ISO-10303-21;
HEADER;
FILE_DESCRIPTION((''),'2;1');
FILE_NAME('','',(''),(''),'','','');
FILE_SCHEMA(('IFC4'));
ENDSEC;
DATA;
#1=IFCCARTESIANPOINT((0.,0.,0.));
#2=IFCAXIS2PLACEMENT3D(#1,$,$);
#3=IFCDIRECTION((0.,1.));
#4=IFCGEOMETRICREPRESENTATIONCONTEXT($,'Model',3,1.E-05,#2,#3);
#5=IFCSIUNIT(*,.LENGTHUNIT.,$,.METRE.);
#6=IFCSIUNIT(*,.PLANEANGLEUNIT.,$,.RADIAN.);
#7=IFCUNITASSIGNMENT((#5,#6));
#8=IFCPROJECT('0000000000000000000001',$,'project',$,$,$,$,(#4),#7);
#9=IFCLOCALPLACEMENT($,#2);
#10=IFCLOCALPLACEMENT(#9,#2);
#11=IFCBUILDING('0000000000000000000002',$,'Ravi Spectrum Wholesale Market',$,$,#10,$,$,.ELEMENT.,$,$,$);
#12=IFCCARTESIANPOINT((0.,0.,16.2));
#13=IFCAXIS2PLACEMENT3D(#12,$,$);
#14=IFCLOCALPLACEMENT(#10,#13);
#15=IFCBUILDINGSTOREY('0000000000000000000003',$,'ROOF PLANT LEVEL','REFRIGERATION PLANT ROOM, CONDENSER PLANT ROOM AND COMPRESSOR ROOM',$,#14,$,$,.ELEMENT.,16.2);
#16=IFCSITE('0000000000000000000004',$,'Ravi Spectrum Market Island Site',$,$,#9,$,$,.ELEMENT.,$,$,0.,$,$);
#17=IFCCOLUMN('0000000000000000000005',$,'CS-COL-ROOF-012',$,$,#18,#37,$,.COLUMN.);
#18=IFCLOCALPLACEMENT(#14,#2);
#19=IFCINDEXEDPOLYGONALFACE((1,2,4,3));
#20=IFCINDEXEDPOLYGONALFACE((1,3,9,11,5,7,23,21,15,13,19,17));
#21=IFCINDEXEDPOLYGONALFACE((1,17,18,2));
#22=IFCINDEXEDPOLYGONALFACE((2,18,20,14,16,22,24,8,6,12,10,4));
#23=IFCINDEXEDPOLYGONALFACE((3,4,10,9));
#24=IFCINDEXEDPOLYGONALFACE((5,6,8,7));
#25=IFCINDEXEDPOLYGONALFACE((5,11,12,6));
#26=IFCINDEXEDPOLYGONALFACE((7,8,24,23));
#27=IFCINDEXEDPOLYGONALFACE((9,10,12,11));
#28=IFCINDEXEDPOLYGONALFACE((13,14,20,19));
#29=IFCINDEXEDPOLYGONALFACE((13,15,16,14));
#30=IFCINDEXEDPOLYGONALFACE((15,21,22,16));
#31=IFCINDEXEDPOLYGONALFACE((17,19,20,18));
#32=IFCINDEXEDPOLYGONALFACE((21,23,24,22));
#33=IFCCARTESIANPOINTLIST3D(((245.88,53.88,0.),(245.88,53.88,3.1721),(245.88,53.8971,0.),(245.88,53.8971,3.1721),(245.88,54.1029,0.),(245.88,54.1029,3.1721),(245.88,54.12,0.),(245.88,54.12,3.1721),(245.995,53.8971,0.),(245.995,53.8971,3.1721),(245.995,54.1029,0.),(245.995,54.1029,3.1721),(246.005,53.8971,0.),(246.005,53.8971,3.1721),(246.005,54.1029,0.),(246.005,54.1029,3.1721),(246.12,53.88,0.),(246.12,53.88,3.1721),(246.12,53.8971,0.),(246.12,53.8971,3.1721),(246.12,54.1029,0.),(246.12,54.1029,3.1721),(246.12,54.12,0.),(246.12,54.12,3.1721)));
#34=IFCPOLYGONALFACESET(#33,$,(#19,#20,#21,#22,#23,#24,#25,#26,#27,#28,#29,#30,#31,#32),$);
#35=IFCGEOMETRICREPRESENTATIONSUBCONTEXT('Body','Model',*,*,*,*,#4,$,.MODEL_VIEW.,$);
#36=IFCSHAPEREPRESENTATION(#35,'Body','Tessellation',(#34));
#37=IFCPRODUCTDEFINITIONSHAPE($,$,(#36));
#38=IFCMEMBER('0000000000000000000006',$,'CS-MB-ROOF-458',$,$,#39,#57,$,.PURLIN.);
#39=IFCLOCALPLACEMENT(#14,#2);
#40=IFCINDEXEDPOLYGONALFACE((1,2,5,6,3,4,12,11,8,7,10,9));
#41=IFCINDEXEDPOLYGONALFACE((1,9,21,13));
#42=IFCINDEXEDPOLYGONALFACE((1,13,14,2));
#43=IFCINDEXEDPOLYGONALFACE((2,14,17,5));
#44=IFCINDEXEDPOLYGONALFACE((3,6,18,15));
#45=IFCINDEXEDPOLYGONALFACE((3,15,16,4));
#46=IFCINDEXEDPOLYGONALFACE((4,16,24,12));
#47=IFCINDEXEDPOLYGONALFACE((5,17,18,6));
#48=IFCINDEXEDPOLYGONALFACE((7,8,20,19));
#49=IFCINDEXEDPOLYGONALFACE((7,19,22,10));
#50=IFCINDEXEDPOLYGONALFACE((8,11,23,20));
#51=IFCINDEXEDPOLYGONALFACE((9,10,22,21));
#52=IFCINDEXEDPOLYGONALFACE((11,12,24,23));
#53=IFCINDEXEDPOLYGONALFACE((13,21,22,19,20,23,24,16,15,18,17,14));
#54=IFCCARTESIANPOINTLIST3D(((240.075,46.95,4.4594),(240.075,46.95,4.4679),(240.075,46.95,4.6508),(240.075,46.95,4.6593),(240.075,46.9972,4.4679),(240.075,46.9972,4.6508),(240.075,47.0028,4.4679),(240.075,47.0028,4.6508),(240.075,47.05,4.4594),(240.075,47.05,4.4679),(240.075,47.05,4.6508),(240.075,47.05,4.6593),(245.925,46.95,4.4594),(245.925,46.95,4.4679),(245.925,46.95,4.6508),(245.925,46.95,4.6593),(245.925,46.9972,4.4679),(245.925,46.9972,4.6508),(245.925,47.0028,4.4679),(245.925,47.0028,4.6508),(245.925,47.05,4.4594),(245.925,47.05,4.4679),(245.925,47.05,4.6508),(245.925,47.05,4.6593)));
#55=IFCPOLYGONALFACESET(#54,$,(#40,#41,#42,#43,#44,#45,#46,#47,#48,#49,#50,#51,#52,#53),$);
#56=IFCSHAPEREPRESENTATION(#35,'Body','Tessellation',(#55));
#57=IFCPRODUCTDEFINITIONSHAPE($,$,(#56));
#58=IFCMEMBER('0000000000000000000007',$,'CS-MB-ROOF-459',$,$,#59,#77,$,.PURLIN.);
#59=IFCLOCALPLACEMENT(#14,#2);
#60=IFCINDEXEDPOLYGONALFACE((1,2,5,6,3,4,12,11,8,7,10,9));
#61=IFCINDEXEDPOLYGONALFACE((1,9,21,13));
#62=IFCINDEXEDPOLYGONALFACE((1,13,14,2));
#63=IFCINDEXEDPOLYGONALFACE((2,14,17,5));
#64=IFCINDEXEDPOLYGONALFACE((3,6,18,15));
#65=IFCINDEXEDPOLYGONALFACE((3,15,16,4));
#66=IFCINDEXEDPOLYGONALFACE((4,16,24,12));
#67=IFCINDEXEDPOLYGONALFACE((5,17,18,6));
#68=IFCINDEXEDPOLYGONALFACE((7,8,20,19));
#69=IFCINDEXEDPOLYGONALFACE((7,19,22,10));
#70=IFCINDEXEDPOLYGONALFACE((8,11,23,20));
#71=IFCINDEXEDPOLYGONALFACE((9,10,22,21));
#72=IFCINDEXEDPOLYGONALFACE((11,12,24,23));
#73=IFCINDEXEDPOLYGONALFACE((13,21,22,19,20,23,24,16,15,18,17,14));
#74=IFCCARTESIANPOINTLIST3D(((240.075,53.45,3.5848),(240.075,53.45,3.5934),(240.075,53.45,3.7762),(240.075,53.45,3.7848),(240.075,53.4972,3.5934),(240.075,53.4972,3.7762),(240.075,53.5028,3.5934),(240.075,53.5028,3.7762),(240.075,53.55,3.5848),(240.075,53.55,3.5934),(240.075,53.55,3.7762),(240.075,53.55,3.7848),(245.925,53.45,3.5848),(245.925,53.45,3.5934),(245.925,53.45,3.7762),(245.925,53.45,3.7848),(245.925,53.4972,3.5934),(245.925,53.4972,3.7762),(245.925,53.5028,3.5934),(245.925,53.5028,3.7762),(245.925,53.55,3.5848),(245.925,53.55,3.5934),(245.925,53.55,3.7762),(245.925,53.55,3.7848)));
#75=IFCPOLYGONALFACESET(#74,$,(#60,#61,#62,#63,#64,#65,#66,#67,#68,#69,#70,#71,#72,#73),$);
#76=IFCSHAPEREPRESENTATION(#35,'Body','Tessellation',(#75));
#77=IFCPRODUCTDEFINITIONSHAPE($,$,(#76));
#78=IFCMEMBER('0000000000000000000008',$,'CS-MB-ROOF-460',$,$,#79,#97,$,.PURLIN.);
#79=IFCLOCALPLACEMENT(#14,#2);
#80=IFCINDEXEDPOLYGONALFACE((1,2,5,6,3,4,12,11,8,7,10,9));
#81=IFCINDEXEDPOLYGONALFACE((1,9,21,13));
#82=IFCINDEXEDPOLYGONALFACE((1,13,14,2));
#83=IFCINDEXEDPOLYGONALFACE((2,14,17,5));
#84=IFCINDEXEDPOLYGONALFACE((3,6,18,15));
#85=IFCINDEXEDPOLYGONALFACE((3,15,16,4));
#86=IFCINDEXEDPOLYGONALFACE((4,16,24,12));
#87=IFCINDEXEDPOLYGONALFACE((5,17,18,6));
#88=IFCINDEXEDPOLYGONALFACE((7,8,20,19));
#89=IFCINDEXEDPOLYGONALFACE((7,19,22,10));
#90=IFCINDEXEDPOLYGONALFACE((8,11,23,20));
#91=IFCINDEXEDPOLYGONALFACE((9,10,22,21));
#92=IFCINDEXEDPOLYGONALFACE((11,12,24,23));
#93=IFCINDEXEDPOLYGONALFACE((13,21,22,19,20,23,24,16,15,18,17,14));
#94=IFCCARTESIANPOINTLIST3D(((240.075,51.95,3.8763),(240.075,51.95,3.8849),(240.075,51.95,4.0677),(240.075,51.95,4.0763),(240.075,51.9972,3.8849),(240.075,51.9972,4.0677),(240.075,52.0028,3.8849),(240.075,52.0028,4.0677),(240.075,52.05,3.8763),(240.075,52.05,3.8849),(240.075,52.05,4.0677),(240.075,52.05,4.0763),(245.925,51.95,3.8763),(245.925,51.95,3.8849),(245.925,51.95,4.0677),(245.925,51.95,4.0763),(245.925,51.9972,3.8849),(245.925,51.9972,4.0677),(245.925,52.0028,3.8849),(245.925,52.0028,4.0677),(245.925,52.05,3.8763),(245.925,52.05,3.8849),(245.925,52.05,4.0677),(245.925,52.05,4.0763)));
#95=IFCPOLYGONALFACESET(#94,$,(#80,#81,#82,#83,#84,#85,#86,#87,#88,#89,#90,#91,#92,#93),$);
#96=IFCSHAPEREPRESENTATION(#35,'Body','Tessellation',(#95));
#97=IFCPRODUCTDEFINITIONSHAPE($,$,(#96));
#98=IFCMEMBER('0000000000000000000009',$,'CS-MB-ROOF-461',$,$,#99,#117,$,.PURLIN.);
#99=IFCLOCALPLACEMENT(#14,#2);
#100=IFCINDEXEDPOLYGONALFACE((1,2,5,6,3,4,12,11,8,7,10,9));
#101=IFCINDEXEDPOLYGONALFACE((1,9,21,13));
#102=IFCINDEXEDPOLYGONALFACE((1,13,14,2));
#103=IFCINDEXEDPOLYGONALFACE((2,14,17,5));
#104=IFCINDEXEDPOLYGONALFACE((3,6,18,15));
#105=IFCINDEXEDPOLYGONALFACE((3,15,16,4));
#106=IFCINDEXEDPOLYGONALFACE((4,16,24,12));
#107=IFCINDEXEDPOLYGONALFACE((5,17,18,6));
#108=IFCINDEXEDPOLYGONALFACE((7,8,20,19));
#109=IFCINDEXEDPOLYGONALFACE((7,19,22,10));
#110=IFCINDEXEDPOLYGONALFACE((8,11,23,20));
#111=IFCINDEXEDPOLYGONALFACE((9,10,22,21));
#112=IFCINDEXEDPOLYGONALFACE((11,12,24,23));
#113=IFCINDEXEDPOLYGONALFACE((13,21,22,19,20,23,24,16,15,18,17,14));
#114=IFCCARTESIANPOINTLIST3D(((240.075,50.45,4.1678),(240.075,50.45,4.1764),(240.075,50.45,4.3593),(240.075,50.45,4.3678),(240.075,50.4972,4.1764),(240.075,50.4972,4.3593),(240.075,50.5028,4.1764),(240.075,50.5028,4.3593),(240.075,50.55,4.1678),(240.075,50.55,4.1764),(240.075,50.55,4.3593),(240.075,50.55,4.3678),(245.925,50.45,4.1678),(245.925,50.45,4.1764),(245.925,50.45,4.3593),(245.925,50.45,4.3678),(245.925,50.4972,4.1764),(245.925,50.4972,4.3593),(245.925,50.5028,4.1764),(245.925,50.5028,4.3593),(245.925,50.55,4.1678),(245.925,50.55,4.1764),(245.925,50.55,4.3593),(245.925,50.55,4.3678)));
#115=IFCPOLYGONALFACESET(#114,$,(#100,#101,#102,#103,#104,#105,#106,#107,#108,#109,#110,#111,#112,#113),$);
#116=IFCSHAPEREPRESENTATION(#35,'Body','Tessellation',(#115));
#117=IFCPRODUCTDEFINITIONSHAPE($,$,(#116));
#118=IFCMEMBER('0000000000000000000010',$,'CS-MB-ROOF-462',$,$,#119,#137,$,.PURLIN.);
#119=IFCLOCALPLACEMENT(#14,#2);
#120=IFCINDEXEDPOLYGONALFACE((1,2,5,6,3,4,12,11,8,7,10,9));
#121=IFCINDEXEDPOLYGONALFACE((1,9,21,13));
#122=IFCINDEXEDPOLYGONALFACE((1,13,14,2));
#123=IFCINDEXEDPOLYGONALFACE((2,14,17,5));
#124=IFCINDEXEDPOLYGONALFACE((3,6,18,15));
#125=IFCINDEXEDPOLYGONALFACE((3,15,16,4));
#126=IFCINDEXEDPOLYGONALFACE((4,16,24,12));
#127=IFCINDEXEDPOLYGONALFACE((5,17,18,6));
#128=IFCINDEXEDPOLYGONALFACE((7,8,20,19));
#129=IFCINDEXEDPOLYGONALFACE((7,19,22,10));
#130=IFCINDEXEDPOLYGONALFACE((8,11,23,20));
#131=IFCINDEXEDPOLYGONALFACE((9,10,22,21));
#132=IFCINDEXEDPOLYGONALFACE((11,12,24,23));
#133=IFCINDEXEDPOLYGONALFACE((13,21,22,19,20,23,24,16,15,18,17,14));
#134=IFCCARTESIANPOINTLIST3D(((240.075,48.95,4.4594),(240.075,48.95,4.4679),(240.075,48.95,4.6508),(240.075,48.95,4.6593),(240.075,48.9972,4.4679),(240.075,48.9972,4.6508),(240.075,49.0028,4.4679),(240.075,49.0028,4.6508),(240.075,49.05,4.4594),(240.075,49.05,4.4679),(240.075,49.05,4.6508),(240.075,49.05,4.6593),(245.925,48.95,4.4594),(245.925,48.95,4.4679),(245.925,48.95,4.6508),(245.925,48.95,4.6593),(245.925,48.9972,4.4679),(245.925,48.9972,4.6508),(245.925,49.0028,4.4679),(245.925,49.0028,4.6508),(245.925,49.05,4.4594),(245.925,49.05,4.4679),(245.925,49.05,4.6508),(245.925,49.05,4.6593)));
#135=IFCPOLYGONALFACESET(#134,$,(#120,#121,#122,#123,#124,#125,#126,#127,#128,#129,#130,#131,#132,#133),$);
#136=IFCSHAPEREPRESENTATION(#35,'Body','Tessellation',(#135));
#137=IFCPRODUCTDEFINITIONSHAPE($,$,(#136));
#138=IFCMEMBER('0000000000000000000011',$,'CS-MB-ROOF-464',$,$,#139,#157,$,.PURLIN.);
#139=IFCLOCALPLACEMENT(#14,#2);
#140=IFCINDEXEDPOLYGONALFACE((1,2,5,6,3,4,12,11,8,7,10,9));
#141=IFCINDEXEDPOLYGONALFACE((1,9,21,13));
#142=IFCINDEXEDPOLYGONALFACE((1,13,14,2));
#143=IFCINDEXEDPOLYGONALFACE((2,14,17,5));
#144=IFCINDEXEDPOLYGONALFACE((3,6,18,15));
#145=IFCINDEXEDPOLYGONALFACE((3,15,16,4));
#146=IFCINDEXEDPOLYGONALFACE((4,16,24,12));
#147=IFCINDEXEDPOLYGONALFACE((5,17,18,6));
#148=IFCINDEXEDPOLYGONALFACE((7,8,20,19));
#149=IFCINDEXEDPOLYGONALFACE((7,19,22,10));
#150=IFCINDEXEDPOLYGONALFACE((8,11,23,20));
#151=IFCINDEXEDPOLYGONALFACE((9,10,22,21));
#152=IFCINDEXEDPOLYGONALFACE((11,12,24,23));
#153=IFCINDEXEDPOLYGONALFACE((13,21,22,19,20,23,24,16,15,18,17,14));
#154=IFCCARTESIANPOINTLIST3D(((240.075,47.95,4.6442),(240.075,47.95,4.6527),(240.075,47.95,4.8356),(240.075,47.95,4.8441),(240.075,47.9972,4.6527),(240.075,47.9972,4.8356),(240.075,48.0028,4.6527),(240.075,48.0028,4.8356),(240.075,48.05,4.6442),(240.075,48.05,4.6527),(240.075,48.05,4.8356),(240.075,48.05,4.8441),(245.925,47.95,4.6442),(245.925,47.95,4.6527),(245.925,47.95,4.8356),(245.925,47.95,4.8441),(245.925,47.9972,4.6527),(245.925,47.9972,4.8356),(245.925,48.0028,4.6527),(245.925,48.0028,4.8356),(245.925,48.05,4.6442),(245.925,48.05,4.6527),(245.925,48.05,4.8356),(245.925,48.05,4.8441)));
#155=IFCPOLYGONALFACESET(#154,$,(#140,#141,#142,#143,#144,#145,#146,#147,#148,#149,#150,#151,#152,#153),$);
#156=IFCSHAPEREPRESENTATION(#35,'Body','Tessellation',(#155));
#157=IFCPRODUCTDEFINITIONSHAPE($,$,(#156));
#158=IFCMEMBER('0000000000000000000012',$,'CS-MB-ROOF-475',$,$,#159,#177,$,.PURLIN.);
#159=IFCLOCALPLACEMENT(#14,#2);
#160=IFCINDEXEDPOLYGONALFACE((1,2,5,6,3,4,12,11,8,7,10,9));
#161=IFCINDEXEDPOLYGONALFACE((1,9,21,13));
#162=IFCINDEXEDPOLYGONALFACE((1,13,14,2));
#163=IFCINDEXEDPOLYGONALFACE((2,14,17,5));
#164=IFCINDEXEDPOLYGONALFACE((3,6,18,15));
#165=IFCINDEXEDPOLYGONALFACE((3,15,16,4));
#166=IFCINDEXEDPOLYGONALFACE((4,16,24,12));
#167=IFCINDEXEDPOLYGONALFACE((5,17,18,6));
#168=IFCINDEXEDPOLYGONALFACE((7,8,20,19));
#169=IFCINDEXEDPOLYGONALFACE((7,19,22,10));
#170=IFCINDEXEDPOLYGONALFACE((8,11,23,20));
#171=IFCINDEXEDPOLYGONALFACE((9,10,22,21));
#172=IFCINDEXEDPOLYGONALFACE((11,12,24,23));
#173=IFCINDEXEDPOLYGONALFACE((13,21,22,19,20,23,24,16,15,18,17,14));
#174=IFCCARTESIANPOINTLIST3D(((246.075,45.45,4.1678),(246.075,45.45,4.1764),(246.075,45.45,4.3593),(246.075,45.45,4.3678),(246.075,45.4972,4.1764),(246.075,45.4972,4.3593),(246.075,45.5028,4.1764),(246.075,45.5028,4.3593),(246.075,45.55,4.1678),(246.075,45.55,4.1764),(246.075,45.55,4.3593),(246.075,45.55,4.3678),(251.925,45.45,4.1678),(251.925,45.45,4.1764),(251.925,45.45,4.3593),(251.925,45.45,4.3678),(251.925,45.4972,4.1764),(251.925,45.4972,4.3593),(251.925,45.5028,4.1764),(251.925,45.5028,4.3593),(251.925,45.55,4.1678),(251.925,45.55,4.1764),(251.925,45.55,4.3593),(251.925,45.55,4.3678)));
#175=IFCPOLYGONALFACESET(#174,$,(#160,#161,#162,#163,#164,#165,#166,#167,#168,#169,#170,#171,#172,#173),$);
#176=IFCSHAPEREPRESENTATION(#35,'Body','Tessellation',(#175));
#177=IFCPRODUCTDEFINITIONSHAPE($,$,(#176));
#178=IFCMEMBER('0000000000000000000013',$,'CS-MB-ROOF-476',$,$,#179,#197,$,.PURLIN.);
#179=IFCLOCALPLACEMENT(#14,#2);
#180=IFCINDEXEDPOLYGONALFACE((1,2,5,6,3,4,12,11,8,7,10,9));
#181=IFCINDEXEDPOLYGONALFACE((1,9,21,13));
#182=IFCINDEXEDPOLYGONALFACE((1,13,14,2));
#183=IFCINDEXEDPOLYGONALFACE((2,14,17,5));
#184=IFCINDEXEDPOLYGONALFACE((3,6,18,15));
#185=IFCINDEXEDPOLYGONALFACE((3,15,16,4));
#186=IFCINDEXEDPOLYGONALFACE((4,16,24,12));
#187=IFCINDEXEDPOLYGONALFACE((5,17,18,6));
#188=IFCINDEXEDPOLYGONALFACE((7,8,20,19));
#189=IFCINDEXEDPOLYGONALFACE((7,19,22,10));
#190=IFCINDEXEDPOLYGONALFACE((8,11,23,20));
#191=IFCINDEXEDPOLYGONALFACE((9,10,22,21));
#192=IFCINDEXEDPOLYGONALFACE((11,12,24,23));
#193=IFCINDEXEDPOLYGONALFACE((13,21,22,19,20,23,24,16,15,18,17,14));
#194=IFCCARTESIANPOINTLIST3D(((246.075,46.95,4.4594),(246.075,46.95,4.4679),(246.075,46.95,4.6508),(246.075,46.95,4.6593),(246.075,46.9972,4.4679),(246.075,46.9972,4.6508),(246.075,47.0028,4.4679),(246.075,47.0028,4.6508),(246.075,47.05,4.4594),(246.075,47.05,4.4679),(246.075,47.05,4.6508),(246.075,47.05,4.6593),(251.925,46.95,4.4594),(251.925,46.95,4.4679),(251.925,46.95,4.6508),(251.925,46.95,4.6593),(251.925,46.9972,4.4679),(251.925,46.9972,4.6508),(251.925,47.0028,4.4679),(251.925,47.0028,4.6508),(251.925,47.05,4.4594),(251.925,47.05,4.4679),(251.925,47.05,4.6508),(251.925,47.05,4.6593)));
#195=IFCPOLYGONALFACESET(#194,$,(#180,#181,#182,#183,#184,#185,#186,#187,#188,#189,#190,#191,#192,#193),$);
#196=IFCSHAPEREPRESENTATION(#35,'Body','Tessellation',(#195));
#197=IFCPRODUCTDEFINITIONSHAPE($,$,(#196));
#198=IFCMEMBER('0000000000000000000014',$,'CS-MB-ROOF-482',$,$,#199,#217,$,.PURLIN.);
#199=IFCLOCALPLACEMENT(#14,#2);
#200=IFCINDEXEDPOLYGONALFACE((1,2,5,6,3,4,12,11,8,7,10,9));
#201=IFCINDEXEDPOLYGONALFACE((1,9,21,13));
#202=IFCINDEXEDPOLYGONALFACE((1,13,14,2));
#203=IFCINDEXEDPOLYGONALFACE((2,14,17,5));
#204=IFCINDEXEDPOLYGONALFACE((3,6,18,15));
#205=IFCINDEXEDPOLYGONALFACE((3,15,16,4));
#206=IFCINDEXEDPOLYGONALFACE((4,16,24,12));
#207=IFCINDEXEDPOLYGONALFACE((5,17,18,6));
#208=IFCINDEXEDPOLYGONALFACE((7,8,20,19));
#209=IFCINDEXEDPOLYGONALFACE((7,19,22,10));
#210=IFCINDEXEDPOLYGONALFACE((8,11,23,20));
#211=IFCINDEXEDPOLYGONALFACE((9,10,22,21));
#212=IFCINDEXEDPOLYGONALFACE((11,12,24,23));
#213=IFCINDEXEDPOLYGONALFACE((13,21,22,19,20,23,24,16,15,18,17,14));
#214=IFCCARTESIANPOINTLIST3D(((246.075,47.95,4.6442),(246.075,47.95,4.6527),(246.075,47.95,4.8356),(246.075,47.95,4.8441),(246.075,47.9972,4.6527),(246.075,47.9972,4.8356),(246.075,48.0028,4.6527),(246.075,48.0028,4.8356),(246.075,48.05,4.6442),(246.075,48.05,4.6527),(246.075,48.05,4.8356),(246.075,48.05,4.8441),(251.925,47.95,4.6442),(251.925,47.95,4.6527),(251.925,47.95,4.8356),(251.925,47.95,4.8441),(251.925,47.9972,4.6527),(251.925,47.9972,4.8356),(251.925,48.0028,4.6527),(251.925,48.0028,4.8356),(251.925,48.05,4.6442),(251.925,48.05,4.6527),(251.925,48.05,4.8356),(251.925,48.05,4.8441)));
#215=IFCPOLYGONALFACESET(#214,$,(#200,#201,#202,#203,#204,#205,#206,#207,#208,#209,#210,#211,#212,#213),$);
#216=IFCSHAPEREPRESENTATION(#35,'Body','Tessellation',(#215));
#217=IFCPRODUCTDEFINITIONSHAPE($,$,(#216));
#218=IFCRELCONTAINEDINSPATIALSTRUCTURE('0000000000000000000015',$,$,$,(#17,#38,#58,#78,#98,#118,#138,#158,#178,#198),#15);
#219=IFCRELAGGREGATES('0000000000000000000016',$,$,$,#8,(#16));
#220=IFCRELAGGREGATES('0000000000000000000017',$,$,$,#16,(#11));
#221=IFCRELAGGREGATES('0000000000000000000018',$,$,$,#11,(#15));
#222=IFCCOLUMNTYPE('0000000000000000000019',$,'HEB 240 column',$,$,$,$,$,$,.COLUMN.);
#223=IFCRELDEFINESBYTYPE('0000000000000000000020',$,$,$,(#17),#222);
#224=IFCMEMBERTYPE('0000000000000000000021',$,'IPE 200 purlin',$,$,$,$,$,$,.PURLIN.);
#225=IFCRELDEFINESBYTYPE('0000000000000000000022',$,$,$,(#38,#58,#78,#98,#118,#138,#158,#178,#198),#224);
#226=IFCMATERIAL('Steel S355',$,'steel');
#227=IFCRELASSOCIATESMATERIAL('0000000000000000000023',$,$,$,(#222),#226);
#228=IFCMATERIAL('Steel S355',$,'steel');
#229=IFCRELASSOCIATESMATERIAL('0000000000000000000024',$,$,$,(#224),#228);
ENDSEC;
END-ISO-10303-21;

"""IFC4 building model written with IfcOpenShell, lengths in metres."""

from ifc_helpers import new_model, si_unit, direction, frame, origin, origin_2d, place, context, subcontext, project, spatial, i_section, extrude, material, material_profile, profile_set, type_object, element, save


model = new_model("IFC4")

# Units and contexts
model_context = context("Model", 3, precision=1e-05, world=origin(), true_north=direction((0.0, 1.0)))
body_context = subcontext(model_context, "Body", "Model", "MODEL_VIEW")
ifc_project = project(units=[si_unit("LENGTHUNIT", "METRE"), si_unit("PLANEANGLEUNIT", "RADIAN")], contexts=[model_context])

# Site, building, storey
site_placement = place(None, origin())
site = spatial("IfcSite", under=ifc_project, at=site_placement, Name="Ravi Spectrum Market Island Site", CompositionType="ELEMENT", RefElevation=0.0)
building_placement = place(site_placement, origin())
building = spatial("IfcBuilding", under=site, at=building_placement, Name="Ravi Spectrum Wholesale Market", CompositionType="ELEMENT")
storey_placement = place(building_placement, frame((0.0, 0.0, 16.2)))
storey = spatial("IfcBuildingStorey", under=building, at=storey_placement, Name="ROOF PLANT LEVEL", Description="REFRIGERATION PLANT ROOM, CONDENSER PLANT ROOM AND COMPRESSOR ROOM", CompositionType="ELEMENT", Elevation=16.2)

# Column
ifc_material_1 = material(Name="Steel S355", Category="steel")
ifc_material_profile_1 = material_profile(ifc_material_1, i_section(OverallWidth=0.24, OverallDepth=0.24, WebThickness=0.01, FlangeThickness=0.0171, at=origin_2d()))
ifc_profile_set_1 = profile_set([ifc_material_profile_1], Name="Steel S355")
column_type = type_object("IfcColumnType", Name="HEB 240 column", PredefinedType="COLUMN", material=ifc_profile_set_1)
column_placement = place(storey_placement, frame((246.0, 54.0, 0.0), z_axis=(0.0, 0.0, 1.0), x_axis=(1.0, 0.0, 0.0)))
element("IfcColumn", 1, at=column_placement, inside=storey, type_object=column_type, Name="CS-COL-ROOF-012", PredefinedType="COLUMN", context=body_context, shape_type="SweptSolid", body=[
    extrude(i_section(OverallWidth=0.24, OverallDepth=0.24, WebThickness=0.01, FlangeThickness=0.0171, at=origin_2d()), origin(), (0.0, 0.0, 1.0), 3.1721),
])

# Members
ifc_material_2 = material(Name="Steel S355", Category="steel")
ifc_material_profile_2 = material_profile(ifc_material_2, i_section(OverallWidth=0.1001, OverallDepth=0.2, WebThickness=0.0056, FlangeThickness=0.0085, at=origin_2d()))
ifc_profile_set_2 = profile_set([ifc_material_profile_2], Name="Steel S355")
member_type = type_object("IfcMemberType", Name="IPE 200 purlin", PredefinedType="PURLIN", material=ifc_profile_set_2)
for number, where, z_axis, x_axis, name in (
    (2, (240.075, 47.0, 4.5593), (1.0, 0.0, 0.0), (0.0, 1.0, 0.0), "CS-MB-ROOF-458"),
    (3, (240.075, 53.5, 3.6848), (1.0, 0.0, 0.0), (0.0, 1.0, 0.0), "CS-MB-ROOF-459"),
    (4, (240.075, 52.0, 3.9763), (1.0, 0.0, 0.0), (0.0, 1.0, 0.0), "CS-MB-ROOF-460"),
    (5, (240.075, 50.5, 4.2678), (1.0, 0.0, 0.0), (0.0, 1.0, 0.0), "CS-MB-ROOF-461"),
    (6, (240.075, 49.0, 4.5593), (1.0, 0.0, 0.0), (0.0, 1.0, 0.0), "CS-MB-ROOF-462"),
    (7, (240.075, 48.0, 4.7441), (1.0, 0.0, 0.0), (0.0, 1.0, 0.0), "CS-MB-ROOF-464"),
    (8, (246.075, 45.5, 4.2678), (1.0, 0.0, 0.0), (0.0, 1.0, 0.0), "CS-MB-ROOF-475"),
    (9, (246.075, 47.0, 4.5593), (1.0, 0.0, 0.0), (0.0, 1.0, 0.0), "CS-MB-ROOF-476"),
    (10, (246.075, 48.0, 4.7441), (1.0, 0.0, 0.0), (0.0, 1.0, 0.0), "CS-MB-ROOF-482"),
):
    element("IfcMember", number, at=place(storey_placement, frame(where, z_axis=z_axis, x_axis=x_axis)), inside=storey, type_object=member_type, Name=name, PredefinedType="PURLIN", context=body_context, shape_type="SweptSolid", body=[
        extrude(i_section(OverallWidth=0.1001, OverallDepth=0.2, WebThickness=0.0056, FlangeThickness=0.0085, at=origin_2d()), origin(), (0.0, 0.0, 1.0), 5.8501),
    ])

save(model, "model.ifc")
